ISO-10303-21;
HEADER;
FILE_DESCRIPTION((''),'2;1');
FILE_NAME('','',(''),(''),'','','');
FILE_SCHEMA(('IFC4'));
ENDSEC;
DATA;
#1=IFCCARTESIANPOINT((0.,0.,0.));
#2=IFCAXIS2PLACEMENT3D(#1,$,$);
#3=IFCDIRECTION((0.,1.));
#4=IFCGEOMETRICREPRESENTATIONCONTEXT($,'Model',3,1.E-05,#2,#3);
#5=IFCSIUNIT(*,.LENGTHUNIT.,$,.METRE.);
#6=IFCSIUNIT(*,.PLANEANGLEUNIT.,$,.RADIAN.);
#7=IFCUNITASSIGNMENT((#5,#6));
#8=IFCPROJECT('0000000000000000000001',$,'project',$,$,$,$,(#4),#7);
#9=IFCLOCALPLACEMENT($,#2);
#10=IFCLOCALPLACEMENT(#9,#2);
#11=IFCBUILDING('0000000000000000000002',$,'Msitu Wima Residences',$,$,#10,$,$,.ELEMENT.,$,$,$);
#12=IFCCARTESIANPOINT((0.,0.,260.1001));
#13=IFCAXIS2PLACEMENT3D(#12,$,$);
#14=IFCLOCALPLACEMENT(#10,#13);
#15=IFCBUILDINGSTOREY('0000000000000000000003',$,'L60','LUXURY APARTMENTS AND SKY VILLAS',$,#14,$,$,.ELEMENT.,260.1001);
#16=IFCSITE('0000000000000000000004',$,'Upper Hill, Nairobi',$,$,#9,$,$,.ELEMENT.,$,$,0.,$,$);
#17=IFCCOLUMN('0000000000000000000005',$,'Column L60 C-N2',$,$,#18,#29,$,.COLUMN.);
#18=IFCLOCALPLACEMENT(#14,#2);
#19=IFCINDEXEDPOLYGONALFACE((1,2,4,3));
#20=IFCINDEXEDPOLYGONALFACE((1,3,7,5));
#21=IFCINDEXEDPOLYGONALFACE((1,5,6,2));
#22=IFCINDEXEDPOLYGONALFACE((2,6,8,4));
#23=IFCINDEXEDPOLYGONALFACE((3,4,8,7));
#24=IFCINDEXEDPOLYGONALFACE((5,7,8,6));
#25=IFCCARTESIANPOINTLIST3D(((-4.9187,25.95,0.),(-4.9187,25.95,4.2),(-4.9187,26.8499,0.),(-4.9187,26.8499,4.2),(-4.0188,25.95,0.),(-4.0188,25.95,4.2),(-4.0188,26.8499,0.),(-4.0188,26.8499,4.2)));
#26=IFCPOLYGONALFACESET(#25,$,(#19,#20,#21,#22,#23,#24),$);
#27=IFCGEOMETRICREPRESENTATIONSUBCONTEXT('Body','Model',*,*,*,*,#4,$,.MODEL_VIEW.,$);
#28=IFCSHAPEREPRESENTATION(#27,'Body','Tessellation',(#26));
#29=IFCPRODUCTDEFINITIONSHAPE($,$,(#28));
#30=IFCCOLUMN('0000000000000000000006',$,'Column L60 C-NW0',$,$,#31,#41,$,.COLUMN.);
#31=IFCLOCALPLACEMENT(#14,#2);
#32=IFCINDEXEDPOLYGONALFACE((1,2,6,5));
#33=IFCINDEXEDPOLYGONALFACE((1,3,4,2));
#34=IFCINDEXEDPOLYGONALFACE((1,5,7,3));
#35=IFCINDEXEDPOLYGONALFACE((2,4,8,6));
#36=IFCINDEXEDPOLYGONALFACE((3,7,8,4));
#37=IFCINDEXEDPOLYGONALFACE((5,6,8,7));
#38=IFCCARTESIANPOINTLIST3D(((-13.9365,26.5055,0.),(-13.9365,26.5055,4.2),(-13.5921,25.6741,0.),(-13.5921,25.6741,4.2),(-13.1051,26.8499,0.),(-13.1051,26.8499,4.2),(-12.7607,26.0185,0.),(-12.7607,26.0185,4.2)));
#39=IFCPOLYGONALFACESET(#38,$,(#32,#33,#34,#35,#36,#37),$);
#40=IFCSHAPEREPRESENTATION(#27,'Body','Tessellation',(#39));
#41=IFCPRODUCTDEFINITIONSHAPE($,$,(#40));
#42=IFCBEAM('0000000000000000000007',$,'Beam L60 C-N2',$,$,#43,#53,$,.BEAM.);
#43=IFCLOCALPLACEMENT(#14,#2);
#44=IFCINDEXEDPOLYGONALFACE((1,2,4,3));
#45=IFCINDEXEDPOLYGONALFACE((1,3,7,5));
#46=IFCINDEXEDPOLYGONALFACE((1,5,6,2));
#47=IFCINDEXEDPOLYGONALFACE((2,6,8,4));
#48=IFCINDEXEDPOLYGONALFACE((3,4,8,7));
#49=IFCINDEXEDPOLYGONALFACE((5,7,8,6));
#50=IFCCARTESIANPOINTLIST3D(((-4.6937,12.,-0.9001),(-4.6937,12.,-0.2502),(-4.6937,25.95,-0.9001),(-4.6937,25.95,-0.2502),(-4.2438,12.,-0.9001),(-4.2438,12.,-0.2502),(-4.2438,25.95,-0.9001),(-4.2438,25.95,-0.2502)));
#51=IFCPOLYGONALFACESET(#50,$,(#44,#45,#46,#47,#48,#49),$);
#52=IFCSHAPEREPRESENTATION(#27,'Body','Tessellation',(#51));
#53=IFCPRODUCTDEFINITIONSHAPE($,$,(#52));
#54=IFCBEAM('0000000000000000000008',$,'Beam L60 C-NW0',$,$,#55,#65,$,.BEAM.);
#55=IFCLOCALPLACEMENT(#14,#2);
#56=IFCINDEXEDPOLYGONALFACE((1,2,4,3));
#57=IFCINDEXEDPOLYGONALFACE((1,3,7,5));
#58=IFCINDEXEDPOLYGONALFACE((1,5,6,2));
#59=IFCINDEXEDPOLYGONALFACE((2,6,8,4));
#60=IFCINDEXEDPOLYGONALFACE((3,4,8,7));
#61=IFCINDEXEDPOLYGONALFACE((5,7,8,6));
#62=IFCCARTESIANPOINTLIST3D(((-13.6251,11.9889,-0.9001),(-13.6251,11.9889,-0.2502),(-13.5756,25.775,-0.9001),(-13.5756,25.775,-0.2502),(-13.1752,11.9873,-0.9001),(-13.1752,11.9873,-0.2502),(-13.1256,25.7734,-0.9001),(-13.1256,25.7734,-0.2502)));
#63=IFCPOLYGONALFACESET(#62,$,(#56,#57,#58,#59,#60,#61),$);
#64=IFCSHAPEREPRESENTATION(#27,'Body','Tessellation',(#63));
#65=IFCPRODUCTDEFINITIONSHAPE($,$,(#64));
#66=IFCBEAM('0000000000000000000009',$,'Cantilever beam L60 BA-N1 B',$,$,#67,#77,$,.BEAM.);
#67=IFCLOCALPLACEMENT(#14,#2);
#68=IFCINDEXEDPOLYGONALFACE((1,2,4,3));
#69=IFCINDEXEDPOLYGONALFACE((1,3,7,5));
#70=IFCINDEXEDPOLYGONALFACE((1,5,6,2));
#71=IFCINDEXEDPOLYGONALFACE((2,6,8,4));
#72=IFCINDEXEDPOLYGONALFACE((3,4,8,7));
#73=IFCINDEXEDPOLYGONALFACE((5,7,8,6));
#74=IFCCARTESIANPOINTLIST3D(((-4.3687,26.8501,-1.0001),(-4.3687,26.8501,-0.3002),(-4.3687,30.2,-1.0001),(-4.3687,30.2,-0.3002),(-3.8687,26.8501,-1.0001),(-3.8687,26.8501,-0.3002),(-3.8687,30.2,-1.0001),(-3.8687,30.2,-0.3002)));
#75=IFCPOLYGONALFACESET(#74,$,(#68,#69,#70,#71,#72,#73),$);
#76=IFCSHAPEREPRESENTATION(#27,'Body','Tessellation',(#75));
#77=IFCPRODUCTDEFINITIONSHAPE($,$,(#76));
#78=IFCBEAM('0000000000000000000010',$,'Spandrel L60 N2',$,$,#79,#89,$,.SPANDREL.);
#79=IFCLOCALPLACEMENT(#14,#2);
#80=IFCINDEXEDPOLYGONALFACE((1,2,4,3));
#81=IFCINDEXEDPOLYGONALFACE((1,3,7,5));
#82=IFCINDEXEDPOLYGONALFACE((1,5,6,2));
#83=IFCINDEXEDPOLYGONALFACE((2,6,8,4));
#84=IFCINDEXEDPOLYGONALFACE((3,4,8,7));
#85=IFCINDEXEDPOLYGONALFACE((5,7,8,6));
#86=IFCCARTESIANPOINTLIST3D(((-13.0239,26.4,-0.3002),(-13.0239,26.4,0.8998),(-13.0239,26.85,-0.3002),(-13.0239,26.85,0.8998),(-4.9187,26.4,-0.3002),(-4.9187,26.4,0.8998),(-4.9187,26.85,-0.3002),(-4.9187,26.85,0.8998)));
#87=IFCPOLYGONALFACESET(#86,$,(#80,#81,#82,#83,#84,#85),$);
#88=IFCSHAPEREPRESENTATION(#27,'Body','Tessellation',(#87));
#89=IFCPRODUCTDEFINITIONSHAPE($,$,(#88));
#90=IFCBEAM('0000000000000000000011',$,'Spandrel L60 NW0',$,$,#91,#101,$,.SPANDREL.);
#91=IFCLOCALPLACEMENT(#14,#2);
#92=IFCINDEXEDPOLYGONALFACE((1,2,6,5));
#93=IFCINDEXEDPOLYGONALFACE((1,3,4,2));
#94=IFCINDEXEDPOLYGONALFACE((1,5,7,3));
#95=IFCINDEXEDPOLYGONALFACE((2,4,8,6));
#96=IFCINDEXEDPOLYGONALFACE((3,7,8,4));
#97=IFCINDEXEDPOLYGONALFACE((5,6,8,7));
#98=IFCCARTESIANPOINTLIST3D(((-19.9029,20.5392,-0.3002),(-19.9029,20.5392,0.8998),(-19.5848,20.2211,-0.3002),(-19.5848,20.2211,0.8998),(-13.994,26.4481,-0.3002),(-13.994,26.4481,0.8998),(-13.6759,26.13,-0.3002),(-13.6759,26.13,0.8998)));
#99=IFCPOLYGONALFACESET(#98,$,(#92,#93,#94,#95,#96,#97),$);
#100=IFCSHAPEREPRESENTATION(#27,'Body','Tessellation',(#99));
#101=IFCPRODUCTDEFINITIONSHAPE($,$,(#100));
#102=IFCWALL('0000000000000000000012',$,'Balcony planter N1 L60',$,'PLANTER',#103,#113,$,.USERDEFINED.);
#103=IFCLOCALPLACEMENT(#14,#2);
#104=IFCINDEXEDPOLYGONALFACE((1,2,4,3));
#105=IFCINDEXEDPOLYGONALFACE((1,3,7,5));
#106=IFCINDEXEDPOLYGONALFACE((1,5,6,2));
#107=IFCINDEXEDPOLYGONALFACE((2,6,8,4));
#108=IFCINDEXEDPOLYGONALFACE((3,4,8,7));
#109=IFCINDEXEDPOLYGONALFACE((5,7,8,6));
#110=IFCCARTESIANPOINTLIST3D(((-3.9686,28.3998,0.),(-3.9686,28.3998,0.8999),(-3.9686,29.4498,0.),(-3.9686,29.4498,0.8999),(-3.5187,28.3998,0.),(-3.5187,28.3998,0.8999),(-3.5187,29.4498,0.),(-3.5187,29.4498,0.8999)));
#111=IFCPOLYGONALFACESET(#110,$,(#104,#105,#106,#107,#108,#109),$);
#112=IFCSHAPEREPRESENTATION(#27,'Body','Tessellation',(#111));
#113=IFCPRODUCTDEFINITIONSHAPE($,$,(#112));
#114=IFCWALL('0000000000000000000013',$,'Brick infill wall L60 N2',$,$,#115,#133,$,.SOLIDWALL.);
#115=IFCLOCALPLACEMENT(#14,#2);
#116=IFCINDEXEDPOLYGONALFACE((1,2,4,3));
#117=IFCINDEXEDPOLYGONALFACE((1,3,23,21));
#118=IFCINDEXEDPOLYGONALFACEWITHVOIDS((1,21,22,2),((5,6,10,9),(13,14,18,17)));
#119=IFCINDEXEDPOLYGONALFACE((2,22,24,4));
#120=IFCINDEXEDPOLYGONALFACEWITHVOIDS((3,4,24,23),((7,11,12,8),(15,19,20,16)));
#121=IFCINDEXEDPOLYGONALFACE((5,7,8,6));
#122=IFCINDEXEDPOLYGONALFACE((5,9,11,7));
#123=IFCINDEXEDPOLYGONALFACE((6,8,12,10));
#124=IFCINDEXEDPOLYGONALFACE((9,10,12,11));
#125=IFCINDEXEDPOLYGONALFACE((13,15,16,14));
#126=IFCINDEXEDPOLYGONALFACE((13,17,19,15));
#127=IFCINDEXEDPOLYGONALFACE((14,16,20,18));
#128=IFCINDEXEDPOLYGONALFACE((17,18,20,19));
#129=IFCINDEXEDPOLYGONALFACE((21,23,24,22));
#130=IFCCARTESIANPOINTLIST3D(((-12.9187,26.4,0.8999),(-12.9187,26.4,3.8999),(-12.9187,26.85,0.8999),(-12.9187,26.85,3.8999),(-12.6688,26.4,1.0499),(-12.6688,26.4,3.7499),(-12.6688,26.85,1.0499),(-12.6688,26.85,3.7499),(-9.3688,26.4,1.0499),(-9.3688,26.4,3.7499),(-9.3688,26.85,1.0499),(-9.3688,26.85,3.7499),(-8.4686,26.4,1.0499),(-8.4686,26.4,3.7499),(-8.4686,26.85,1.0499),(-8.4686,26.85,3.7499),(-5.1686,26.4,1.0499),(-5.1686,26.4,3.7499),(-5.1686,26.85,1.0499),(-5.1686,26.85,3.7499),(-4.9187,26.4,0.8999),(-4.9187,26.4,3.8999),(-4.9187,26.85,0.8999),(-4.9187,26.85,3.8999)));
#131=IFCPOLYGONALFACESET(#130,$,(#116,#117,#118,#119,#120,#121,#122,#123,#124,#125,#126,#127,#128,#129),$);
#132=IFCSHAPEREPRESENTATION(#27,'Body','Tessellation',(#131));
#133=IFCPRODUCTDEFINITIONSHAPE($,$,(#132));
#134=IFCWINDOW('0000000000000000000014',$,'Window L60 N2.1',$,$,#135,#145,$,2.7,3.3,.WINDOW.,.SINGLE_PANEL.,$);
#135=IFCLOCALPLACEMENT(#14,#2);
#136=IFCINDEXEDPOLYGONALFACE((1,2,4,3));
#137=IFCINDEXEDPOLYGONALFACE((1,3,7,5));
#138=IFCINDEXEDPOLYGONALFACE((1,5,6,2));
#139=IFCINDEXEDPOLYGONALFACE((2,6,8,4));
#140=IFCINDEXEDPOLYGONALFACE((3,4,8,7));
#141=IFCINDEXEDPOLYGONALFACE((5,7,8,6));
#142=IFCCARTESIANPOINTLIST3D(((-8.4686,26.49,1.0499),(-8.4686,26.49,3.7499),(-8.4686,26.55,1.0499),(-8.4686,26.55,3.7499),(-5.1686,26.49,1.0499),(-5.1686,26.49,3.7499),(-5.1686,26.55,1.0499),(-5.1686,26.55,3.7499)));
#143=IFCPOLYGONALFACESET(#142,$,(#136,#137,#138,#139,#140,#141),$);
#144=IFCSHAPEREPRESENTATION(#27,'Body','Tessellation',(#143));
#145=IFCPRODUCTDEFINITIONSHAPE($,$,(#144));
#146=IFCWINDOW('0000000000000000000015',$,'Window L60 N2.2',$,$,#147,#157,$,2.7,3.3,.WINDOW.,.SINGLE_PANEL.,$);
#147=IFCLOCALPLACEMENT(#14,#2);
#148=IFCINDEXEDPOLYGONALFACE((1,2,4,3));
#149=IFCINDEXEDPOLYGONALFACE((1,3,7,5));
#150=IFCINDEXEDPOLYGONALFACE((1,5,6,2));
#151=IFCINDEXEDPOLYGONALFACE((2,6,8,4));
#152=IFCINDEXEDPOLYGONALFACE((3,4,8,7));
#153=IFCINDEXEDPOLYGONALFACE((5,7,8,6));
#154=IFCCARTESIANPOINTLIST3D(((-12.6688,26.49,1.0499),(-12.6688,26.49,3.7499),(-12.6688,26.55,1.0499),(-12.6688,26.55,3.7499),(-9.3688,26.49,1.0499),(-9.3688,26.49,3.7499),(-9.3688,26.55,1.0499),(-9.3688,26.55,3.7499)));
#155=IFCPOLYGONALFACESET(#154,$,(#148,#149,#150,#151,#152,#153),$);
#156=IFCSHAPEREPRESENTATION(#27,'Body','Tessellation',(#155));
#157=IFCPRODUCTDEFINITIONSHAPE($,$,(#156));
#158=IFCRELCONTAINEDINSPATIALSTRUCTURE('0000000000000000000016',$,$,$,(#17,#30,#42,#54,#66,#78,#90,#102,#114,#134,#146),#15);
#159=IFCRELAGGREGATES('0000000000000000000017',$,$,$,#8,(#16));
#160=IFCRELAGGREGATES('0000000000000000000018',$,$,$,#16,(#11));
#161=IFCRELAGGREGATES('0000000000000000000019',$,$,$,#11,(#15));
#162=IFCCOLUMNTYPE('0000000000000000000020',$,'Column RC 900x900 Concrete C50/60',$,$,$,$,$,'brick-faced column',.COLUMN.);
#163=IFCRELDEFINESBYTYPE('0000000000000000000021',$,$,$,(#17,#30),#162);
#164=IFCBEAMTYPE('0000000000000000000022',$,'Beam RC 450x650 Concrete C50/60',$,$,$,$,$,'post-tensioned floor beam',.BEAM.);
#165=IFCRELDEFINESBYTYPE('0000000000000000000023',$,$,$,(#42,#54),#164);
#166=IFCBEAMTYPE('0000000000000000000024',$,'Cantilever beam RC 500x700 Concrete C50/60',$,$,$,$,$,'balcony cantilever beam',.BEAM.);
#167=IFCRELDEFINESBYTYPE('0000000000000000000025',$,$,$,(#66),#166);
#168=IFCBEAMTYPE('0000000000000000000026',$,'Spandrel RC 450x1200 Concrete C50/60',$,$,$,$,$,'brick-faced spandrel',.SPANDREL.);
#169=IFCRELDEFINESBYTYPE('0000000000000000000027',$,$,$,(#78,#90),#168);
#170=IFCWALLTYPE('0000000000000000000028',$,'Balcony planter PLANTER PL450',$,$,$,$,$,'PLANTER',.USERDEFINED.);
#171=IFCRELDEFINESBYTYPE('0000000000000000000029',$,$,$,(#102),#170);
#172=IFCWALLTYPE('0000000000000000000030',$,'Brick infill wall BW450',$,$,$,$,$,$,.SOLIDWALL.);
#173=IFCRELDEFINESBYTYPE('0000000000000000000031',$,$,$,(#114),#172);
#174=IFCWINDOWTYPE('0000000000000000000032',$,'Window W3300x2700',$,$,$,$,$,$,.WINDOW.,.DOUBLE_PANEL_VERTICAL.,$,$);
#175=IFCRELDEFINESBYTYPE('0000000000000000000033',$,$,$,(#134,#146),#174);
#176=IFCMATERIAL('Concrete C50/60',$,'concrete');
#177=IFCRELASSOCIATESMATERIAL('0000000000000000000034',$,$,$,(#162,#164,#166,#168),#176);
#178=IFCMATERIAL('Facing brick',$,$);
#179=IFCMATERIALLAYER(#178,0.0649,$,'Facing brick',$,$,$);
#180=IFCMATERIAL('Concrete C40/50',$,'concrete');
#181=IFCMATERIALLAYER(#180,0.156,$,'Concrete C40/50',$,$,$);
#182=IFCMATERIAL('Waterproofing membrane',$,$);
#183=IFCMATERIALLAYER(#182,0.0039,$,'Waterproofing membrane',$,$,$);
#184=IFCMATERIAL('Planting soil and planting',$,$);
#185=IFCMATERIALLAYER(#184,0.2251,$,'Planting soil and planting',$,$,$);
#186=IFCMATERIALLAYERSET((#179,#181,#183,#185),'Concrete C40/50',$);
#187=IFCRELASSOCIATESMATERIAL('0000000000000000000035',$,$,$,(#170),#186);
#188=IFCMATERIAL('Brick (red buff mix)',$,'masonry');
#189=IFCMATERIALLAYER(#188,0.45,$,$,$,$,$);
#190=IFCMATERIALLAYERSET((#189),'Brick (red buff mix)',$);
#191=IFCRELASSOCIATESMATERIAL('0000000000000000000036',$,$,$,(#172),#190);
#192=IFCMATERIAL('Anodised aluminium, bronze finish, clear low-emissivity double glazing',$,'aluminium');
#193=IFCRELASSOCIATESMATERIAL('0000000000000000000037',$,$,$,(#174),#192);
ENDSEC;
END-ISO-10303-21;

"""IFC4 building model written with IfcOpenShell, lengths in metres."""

from ifc_helpers import new_model, si_unit, direction, frame, frame_2d, origin, origin_2d, place, context, subcontext, project, spatial, rectangle, extrude, material, layer, layer_set, material_profile, profile_set, type_object, element, fill, save


model = new_model("IFC4")

# Units and contexts
model_context = context("Model", 3, precision=1e-05, world=origin(), true_north=direction((0.0, 1.0)))
body_context = subcontext(model_context, "Body", "Model", "MODEL_VIEW")
ifc_project = project(units=[si_unit("LENGTHUNIT", "METRE"), si_unit("PLANEANGLEUNIT", "RADIAN")], contexts=[model_context])

# Site, building, storey
site_placement = place(None, origin())
site = spatial("IfcSite", under=ifc_project, at=site_placement, Name="Upper Hill, Nairobi", CompositionType="ELEMENT", RefElevation=0.0)
building_placement = place(site_placement, origin())
building = spatial("IfcBuilding", under=site, at=building_placement, Name="Msitu Wima Residences", CompositionType="ELEMENT")
storey_placement = place(building_placement, frame((0.0, 0.0, 260.1001)))
storey = spatial("IfcBuildingStorey", under=building, at=storey_placement, Name="L60", Description="LUXURY APARTMENTS AND SKY VILLAS", CompositionType="ELEMENT", Elevation=260.1001)

# Columns
ifc_material_1 = material(Name="Concrete C50/60", Category="concrete")
ifc_material_profile_1 = material_profile(ifc_material_1, rectangle(XDim=0.8999, YDim=0.8999, at=origin_2d()), Name="RC 900x900")
ifc_profile_set_1 = profile_set([ifc_material_profile_1], Name="Concrete C50/60")
column_type = type_object("IfcColumnType", Name="Column RC 900x900 Concrete C50/60", ElementType="brick-faced column", PredefinedType="COLUMN", material=ifc_profile_set_1)
for number, where, z_axis, x_axis, name in (
    (1, (-4.4688, 26.3999, 0.0), (0.0, 0.0, 1.0), (-1.0, 0.0, 0.0), "Column L60 C-N2"),
    (2, (-13.3486, 26.262, 0.0), (0.0, 0.0, 1.0), (-0.92388, -0.382683, 0.0), "Column L60 C-NW0"),
):
    element("IfcColumn", number, at=place(storey_placement, frame(where, z_axis=z_axis, x_axis=x_axis)), inside=storey, type_object=column_type, Name=name, PredefinedType="COLUMN", context=body_context, shape_type="SweptSolid", body=[
        extrude(rectangle(XDim=0.8999, YDim=0.8999, at=origin_2d()), origin(), (0.0, 0.0, 1.0), 4.2),
    ])

# Beams
ifc_material_profile_2 = material_profile(ifc_material_1, rectangle(XDim=0.45, YDim=0.6499, at=origin_2d()), Name="RC 450x650")
ifc_profile_set_2 = profile_set([ifc_material_profile_2], Name="Concrete C50/60")
beam_type_1 = type_object("IfcBeamType", Name="Beam RC 450x650 Concrete C50/60", ElementType="post-tensioned floor beam", PredefinedType="BEAM", material=ifc_profile_set_2)
beam_1_placement = place(storey_placement, frame((-4.4688, 25.95, -0.5752), z_axis=(0.0, -1.0, 0.0), x_axis=(1.0, 0.0, 0.0)))
element("IfcBeam", 3, at=beam_1_placement, inside=storey, type_object=beam_type_1, Name="Beam L60 C-N2", PredefinedType="BEAM", context=body_context, shape_type="SweptSolid", body=[
    extrude(rectangle(XDim=0.45, YDim=0.6499, at=origin_2d()), origin(), (0.0, 0.0, 1.0), 13.95),
])
beam_2_placement = place(storey_placement, frame((-13.3506, 25.7742, -0.5752), z_axis=(-0.003595, -0.999994, 0.0), x_axis=(0.999994, -0.003595, 0.0)))
element("IfcBeam", 4, at=beam_2_placement, inside=storey, type_object=beam_type_1, Name="Beam L60 C-NW0", PredefinedType="BEAM", context=body_context, shape_type="SweptSolid", body=[
    extrude(rectangle(XDim=0.45, YDim=0.6499, at=origin_2d()), origin(), (0.0, 0.0, 1.0), 13.7861),
])
ifc_material_profile_3 = material_profile(ifc_material_1, rectangle(XDim=0.5, YDim=0.7, at=origin_2d()), Name="RC 500x700")
ifc_profile_set_3 = profile_set([ifc_material_profile_3], Name="Concrete C50/60")
beam_type_2 = type_object("IfcBeamType", Name="Cantilever beam RC 500x700 Concrete C50/60", ElementType="balcony cantilever beam", PredefinedType="BEAM", material=ifc_profile_set_3)
beam_3_placement = place(storey_placement, frame((-4.1187, 26.8501, -0.6501), z_axis=(0.0, 1.0, 0.0), x_axis=(-1.0, 0.0, 0.0)))
element("IfcBeam", 5, at=beam_3_placement, inside=storey, type_object=beam_type_2, Name="Cantilever beam L60 BA-N1 B", PredefinedType="BEAM", context=body_context, shape_type="SweptSolid", body=[
    extrude(rectangle(XDim=0.5, YDim=0.7, at=origin_2d()), origin(), (0.0, 0.0, 1.0), 3.3499),
])
ifc_material_profile_4 = material_profile(ifc_material_1, rectangle(XDim=0.45, YDim=1.2, at=origin_2d()), Name="RC 450x1200")
ifc_profile_set_4 = profile_set([ifc_material_profile_4], Name="Concrete C50/60")
beam_type_3 = type_object("IfcBeamType", Name="Spandrel RC 450x1200 Concrete C50/60", ElementType="brick-faced spandrel", PredefinedType="SPANDREL", material=ifc_profile_set_4)
beam_4_placement = place(storey_placement, frame((-4.9187, 26.625, 0.2998), z_axis=(-1.0, 0.0, 0.0), x_axis=(0.0, -1.0, 0.0)))
element("IfcBeam", 6, at=beam_4_placement, inside=storey, type_object=beam_type_3, Name="Spandrel L60 N2", PredefinedType="SPANDREL", context=body_context, shape_type="SweptSolid", body=[
    extrude(rectangle(XDim=0.45, YDim=1.2, at=origin_2d()), origin(), (0.0, 0.0, 1.0), 8.1052),
])
beam_5_placement = place(storey_placement, frame((-13.835, 26.2891, 0.2998), z_axis=(-0.707107, -0.707107, 0.0), x_axis=(0.707107, -0.707107, 0.0)))
element("IfcBeam", 7, at=beam_5_placement, inside=storey, type_object=beam_type_3, Name="Spandrel L60 NW0", PredefinedType="SPANDREL", context=body_context, shape_type="SweptSolid", body=[
    extrude(rectangle(XDim=0.45, YDim=1.2, at=origin_2d()), origin(), (0.0, 0.0, 1.0), 8.3564),
])

# Wall
ifc_material_2 = material(Name="Facing brick")
ifc_layer_1 = layer(ifc_material_2, 0.0649, Name="Facing brick")
ifc_material_3 = material(Name="Concrete C40/50", Category="concrete")
ifc_layer_2 = layer(ifc_material_3, 0.156, Name="Concrete C40/50")
ifc_material_4 = material(Name="Waterproofing membrane")
ifc_layer_3 = layer(ifc_material_4, 0.0039, Name="Waterproofing membrane")
ifc_material_5 = material(Name="Planting soil and planting")
ifc_layer_4 = layer(ifc_material_5, 0.2251, Name="Planting soil and planting")
ifc_layer_set_1 = layer_set([ifc_layer_1, ifc_layer_2, ifc_layer_3, ifc_layer_4], Name="Concrete C40/50")
wall_type_1 = type_object("IfcWallType", Name="Balcony planter PLANTER PL450", ElementType="PLANTER", PredefinedType="USERDEFINED", material=ifc_layer_set_1)
wall_1_placement = place(storey_placement, frame((-3.7437, 28.3999, 0.0), z_axis=(0.0, 0.0, 1.0), x_axis=(0.0, 1.0, 0.0)))
element("IfcWall", 8, at=wall_1_placement, inside=storey, type_object=wall_type_1, Name="Balcony planter N1 L60", ObjectType="PLANTER", PredefinedType="USERDEFINED", context=body_context, shape_type="SweptSolid", body=[
    extrude(rectangle(XDim=1.05, YDim=0.45, at=frame_2d((0.5249, 0.0))), origin(), (0.0, 0.0, 1.0), 0.8999),
])

# Wall, openings, windows
ifc_material_6 = material(Name="Brick (red buff mix)", Category="masonry")
ifc_layer_5 = layer(ifc_material_6, 0.45)
ifc_layer_set_2 = layer_set([ifc_layer_5], Name="Brick (red buff mix)")
wall_type_2 = type_object("IfcWallType", Name="Brick infill wall BW450", PredefinedType="SOLIDWALL", material=ifc_layer_set_2)
wall_2_placement = place(storey_placement, frame((-4.9187, 26.625, 0.8999), z_axis=(0.0, 0.0, 1.0), x_axis=(-1.0, 0.0, 0.0)))
wall_2 = element("IfcWall", 9, at=wall_2_placement, inside=storey, type_object=wall_type_2, Name="Brick infill wall L60 N2", PredefinedType="SOLIDWALL", context=body_context, shape_type="SweptSolid", body=[
    extrude(rectangle(XDim=8.0, YDim=0.45, at=frame_2d((4.0, 0.0))), origin(), (0.0, 0.0, 1.0), 3.0),
])
opening_1_placement = place(wall_2_placement, frame((0.25, 0.0, 0.1499)))
opening_1 = element("IfcOpeningElement", 10, at=opening_1_placement, cuts=wall_2, PredefinedType="OPENING", context=body_context, shape_type="SweptSolid", body=[
    extrude(rectangle(XDim=3.3, YDim=2.7, at=frame_2d((1.6499, 1.3501))), frame((0.0, 0.2349, 0.0), z_axis=(0.0, -1.0, 0.0), x_axis=(1.0, 0.0, 0.0)), (0.0, 0.0, 1.0), 0.47),
])
opening_2_placement = place(wall_2_placement, frame((4.4502, 0.0, 0.1499)))
opening_2 = element("IfcOpeningElement", 11, at=opening_2_placement, cuts=wall_2, PredefinedType="OPENING", context=body_context, shape_type="SweptSolid", body=[
    extrude(rectangle(XDim=3.3, YDim=2.7, at=frame_2d((1.6499, 1.3501))), frame((0.0, 0.2349, 0.0), z_axis=(0.0, -1.0, 0.0), x_axis=(1.0, 0.0, 0.0)), (0.0, 0.0, 1.0), 0.47),
])
ifc_material_7 = material(Name="Anodised aluminium, bronze finish, clear low-emissivity double glazing", Category="aluminium")
window_type = type_object("IfcWindowType", Name="Window W3300x2700", PartitioningType="DOUBLE_PANEL_VERTICAL", PredefinedType="WINDOW", material=ifc_material_7)
window_1_placement = place(opening_1_placement, origin())
window_1 = element("IfcWindow", 12, at=window_1_placement, inside=storey, type_object=window_type, Name="Window L60 N2.1", OverallHeight=2.7, OverallWidth=3.3, PartitioningType="SINGLE_PANEL", PredefinedType="WINDOW", context=body_context, shape_type="SweptSolid", body=[
    extrude(rectangle(XDim=3.3, YDim=2.7, at=frame_2d((1.6499, 1.3501))), frame((0.0, 0.135, 0.0), z_axis=(0.0, -1.0, 0.0), x_axis=(1.0, 0.0, 0.0)), (0.0, 0.0, 1.0), 0.0601),
])
fill(opening_1, window_1)
window_2_placement = place(opening_2_placement, origin())
window_2 = element("IfcWindow", 13, at=window_2_placement, inside=storey, type_object=window_type, Name="Window L60 N2.2", OverallHeight=2.7, OverallWidth=3.3, PartitioningType="SINGLE_PANEL", PredefinedType="WINDOW", context=body_context, shape_type="SweptSolid", body=[
    extrude(rectangle(XDim=3.3, YDim=2.7, at=frame_2d((1.6499, 1.3501))), frame((0.0, 0.135, 0.0), z_axis=(0.0, -1.0, 0.0), x_axis=(1.0, 0.0, 0.0)), (0.0, 0.0, 1.0), 0.0601),
])
fill(opening_2, window_2)

save(model, "model.ifc")
